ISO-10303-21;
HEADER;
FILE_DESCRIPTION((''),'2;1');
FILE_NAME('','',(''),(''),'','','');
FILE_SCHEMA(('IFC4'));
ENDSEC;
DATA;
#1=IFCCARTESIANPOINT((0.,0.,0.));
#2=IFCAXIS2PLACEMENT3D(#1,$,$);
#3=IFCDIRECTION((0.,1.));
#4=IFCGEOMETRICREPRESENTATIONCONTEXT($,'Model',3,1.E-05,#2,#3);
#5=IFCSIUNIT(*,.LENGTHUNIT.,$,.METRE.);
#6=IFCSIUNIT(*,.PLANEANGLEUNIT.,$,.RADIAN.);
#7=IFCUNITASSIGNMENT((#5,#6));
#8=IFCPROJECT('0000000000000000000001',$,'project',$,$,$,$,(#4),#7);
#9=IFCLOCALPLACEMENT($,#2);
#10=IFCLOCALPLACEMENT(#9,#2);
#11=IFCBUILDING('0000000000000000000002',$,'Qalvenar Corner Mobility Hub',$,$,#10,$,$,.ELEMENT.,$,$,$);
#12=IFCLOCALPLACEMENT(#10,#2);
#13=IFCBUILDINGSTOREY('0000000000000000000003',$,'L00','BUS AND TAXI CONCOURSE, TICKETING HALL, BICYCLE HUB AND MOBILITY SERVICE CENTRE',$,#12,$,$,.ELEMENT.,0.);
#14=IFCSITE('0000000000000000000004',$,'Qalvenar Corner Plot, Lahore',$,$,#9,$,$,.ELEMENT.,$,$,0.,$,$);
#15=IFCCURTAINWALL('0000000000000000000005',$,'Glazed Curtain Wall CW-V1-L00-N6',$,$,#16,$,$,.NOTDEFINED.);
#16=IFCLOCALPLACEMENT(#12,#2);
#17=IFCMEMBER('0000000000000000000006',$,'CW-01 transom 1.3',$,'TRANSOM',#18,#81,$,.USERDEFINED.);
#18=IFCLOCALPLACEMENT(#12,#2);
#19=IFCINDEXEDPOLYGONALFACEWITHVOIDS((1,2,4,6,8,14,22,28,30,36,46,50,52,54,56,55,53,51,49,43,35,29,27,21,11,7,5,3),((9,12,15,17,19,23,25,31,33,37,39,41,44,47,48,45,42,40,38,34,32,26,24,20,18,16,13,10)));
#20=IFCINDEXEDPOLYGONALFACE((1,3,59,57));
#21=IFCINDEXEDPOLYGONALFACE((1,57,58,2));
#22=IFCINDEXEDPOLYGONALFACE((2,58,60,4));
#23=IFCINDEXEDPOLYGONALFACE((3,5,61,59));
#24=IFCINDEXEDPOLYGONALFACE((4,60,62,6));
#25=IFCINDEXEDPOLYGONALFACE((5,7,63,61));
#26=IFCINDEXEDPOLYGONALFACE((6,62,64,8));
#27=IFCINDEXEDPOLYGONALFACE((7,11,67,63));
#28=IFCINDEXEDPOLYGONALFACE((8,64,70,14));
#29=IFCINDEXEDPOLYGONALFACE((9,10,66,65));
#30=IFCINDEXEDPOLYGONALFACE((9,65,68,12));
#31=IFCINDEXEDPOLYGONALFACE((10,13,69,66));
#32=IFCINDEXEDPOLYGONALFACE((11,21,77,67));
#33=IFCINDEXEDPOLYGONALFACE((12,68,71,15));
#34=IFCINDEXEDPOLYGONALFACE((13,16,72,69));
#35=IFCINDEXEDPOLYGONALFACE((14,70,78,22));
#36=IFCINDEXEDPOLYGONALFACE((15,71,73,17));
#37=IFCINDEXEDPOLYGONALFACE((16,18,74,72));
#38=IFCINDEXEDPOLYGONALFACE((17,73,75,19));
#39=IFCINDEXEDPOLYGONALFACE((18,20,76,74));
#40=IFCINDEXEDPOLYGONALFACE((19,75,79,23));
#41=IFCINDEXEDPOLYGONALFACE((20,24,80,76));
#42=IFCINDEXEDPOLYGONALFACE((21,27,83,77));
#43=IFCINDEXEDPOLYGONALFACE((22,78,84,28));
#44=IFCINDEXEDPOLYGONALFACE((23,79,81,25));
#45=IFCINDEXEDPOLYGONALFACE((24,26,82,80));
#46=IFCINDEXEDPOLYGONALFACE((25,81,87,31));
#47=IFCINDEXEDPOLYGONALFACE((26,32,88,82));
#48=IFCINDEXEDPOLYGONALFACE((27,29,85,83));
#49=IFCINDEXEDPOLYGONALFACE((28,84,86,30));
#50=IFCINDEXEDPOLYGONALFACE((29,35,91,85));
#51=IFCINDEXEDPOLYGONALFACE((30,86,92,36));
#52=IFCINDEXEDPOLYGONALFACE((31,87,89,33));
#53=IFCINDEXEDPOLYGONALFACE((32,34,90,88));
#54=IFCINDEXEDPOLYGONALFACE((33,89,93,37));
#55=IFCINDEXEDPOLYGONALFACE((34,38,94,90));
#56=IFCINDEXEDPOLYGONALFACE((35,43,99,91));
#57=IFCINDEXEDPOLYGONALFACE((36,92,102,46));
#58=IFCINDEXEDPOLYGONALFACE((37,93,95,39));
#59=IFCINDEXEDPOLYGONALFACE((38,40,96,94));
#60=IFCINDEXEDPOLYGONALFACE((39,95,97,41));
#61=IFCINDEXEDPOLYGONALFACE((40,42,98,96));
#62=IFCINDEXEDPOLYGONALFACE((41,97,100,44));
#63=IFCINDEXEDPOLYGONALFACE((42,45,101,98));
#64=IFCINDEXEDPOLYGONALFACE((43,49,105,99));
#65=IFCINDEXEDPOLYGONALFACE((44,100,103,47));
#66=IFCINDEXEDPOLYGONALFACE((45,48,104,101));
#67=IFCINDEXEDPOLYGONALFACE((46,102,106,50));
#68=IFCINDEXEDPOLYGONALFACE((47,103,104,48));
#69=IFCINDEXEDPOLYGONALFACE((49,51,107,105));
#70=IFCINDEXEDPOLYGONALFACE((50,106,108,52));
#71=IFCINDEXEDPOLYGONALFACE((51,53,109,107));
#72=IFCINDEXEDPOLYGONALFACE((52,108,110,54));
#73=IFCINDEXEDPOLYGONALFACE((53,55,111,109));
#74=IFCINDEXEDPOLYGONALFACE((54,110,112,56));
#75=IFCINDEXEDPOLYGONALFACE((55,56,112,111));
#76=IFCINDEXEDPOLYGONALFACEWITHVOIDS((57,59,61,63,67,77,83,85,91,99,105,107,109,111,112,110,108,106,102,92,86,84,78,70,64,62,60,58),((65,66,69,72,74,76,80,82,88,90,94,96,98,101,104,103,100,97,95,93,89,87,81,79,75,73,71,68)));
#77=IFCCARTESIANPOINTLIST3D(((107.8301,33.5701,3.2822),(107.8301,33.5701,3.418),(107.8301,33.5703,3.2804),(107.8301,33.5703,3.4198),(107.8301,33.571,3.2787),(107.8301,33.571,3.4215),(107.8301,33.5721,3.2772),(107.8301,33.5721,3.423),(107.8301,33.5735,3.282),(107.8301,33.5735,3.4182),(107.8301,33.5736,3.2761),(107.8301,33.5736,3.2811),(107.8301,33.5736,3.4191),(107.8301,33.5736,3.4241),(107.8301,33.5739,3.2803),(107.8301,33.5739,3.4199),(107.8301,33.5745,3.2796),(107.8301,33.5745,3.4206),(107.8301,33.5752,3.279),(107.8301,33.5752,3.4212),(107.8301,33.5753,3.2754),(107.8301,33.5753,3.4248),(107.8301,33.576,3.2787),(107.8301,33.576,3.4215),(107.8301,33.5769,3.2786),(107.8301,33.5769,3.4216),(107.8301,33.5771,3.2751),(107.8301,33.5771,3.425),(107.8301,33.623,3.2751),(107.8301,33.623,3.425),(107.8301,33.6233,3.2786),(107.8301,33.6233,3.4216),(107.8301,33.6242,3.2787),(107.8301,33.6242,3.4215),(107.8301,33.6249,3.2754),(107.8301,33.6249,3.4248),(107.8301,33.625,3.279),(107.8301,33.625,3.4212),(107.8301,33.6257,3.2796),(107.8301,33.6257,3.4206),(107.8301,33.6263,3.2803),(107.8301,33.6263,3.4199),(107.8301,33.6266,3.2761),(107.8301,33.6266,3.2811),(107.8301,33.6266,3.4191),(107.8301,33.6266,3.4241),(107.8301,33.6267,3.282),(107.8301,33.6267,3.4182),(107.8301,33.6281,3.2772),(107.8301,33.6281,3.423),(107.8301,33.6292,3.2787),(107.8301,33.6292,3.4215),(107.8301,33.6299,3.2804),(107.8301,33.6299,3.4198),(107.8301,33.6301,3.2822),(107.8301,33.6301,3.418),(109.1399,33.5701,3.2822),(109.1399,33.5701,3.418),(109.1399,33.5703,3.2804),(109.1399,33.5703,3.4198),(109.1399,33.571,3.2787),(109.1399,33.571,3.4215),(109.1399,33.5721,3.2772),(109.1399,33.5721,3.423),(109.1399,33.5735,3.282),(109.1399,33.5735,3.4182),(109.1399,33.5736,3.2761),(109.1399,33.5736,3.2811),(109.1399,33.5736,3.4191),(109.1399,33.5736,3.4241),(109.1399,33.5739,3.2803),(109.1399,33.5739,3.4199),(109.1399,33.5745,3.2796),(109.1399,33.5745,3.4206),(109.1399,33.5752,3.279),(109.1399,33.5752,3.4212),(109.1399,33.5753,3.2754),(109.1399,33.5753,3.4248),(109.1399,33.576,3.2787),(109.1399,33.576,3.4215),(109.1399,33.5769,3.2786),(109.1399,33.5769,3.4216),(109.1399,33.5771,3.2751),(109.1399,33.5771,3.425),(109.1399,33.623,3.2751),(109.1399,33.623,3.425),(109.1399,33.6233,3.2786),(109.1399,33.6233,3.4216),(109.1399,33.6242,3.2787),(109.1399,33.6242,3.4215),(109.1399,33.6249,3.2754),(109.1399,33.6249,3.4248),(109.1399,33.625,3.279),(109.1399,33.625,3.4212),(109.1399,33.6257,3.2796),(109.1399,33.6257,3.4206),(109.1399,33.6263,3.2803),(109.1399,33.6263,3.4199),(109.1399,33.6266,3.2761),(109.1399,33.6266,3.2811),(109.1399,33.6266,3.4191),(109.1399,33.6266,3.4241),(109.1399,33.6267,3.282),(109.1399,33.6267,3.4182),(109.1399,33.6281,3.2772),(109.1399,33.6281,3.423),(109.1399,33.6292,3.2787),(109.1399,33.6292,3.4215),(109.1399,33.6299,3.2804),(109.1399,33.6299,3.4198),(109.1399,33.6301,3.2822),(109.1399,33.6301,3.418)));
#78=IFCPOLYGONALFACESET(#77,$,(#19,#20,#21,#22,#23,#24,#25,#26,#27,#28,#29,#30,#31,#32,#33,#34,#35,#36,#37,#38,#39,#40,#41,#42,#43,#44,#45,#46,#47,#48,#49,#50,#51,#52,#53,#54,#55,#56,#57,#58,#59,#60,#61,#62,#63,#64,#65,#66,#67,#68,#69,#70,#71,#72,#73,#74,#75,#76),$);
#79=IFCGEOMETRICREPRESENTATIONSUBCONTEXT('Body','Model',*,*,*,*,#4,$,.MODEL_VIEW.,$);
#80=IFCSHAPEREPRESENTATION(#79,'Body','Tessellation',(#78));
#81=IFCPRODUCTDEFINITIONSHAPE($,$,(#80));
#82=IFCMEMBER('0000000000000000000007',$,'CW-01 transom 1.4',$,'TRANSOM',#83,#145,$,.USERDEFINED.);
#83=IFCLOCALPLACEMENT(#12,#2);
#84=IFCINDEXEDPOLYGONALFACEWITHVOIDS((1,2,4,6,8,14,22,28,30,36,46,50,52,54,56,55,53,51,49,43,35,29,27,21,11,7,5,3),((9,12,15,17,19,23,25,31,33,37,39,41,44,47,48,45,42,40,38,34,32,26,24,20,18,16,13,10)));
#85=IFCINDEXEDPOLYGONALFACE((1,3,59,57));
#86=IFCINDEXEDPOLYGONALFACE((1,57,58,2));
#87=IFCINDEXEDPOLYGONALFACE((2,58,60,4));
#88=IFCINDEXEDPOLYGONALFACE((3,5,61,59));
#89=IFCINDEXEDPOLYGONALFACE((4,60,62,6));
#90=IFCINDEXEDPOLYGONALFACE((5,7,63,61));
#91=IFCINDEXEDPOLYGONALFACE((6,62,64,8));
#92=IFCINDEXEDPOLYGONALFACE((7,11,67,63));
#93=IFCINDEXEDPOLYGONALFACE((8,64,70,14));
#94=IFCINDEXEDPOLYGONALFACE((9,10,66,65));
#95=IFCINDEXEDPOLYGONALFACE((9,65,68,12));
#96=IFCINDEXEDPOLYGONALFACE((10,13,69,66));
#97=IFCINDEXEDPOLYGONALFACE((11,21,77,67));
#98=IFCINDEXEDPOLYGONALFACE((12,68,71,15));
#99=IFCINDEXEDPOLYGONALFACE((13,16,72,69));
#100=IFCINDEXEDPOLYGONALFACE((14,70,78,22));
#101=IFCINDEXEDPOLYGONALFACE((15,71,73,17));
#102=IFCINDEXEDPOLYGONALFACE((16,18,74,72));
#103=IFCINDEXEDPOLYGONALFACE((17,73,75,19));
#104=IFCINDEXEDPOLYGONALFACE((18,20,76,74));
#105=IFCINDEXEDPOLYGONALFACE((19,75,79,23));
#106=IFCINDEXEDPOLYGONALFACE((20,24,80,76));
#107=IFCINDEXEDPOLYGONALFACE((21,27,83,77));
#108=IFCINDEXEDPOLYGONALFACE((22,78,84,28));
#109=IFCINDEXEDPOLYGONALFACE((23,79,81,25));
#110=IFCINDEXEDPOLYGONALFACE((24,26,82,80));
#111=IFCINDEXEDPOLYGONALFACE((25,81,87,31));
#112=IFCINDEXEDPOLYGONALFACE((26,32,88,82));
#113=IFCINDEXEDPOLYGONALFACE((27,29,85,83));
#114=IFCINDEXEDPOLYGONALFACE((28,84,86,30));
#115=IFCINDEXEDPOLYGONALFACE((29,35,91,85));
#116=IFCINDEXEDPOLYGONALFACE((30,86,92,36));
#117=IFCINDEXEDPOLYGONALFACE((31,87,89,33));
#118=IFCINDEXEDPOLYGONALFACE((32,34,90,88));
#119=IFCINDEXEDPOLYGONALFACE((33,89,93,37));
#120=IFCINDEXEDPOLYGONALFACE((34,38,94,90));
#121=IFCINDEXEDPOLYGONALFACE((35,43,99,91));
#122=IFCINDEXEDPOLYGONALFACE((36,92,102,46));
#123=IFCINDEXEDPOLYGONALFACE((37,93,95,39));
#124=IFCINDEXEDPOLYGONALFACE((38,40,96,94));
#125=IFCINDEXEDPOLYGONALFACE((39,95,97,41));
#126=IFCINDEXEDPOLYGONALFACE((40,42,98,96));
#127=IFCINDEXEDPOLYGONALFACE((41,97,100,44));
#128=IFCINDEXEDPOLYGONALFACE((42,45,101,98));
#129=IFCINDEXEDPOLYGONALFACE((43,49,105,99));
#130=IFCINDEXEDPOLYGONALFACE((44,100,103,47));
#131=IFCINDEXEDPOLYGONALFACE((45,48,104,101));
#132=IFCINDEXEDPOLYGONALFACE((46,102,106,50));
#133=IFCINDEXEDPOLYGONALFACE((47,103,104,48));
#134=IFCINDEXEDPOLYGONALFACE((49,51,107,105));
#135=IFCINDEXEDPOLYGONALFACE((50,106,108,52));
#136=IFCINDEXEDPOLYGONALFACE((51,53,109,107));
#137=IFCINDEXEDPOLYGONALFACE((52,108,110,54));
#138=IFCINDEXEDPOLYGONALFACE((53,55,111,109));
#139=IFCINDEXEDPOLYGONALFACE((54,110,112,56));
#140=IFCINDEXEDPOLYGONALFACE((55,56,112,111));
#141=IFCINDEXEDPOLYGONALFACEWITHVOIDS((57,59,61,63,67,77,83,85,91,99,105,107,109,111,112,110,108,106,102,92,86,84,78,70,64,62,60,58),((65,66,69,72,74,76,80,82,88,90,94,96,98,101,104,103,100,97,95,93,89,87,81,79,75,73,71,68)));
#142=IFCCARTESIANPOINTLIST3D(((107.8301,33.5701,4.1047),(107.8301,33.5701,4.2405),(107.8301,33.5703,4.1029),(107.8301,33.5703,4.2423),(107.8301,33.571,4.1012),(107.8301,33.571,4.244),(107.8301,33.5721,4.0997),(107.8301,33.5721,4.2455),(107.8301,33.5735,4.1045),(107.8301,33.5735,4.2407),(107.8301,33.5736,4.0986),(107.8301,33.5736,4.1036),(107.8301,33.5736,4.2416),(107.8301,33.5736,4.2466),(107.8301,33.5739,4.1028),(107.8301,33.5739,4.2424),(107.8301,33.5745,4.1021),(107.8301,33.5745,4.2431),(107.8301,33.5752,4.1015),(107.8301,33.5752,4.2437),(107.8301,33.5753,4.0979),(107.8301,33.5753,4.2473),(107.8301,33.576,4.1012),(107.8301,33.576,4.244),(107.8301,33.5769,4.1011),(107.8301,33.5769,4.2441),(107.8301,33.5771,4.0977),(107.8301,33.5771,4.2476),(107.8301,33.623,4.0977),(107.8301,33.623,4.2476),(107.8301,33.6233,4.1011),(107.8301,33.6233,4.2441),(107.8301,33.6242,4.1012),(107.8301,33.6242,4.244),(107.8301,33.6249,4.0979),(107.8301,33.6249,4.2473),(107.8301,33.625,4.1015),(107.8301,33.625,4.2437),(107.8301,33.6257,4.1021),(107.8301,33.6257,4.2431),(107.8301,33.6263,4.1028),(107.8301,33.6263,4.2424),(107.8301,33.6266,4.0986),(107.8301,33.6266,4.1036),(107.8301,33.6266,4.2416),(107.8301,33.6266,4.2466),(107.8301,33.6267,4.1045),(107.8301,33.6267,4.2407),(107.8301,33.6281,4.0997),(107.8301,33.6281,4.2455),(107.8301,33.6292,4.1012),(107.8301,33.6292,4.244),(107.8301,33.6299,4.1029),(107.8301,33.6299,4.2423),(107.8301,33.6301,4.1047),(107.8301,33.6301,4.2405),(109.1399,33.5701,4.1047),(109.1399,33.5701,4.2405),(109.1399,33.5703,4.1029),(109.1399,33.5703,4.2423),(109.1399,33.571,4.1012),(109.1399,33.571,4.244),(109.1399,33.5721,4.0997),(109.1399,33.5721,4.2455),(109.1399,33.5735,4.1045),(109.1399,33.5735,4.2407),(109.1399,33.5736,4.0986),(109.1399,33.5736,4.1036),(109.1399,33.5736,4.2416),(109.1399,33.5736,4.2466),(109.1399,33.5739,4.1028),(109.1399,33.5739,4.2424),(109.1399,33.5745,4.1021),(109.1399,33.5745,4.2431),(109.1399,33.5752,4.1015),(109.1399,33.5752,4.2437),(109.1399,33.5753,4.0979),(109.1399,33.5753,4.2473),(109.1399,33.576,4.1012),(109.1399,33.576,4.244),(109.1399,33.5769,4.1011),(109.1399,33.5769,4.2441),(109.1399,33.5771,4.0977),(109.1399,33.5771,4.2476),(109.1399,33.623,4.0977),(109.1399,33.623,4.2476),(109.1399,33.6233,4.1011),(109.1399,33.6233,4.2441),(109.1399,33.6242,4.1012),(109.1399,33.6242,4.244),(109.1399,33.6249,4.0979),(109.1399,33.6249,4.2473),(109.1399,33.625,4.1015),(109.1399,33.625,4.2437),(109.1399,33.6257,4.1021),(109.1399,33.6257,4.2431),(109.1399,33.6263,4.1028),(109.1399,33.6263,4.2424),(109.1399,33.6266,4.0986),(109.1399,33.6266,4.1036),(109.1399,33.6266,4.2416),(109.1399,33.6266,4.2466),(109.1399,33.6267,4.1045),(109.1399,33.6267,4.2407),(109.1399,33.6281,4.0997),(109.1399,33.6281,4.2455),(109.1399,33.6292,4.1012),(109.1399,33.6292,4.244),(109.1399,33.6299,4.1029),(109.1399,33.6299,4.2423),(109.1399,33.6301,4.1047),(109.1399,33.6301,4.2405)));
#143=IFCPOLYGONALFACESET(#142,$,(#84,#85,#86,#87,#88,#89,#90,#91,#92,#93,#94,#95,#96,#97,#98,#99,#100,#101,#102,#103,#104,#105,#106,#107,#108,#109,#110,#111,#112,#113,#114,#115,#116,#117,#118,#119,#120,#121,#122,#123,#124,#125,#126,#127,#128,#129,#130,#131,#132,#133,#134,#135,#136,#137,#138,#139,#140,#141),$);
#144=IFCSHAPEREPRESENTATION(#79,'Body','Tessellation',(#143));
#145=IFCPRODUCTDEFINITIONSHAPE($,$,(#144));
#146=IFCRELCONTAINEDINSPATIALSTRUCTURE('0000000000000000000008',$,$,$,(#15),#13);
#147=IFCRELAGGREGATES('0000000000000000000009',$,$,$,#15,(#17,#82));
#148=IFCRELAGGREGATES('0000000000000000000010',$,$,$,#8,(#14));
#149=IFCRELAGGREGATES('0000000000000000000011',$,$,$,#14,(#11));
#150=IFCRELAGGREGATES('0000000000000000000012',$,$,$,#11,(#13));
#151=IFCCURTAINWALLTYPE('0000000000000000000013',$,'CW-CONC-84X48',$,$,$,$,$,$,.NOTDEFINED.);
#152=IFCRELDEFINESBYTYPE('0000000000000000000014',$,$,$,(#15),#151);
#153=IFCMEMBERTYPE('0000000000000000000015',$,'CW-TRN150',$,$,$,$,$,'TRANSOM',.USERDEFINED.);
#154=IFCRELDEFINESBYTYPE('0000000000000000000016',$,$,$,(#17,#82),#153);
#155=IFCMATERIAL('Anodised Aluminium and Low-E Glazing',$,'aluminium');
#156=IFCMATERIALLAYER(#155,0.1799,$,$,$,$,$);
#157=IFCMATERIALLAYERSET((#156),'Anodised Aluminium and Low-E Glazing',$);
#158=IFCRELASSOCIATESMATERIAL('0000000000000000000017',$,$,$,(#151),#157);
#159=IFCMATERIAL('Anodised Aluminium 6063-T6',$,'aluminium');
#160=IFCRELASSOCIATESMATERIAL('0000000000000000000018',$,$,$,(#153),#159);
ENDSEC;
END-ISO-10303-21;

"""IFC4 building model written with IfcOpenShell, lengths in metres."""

from ifc_helpers import new_model, si_unit, direction, frame, origin, origin_2d, place, context, subcontext, project, spatial, hollow_rectangle, extrude, material, layer, layer_set, material_profile, profile_set, type_object, element, aggregate, save


model = new_model("IFC4")

# Units and contexts
model_context = context("Model", 3, precision=1e-05, world=origin(), true_north=direction((0.0, 1.0)))
body_context = subcontext(model_context, "Body", "Model", "MODEL_VIEW")
ifc_project = project(units=[si_unit("LENGTHUNIT", "METRE"), si_unit("PLANEANGLEUNIT", "RADIAN")], contexts=[model_context])

# Site, building, storey
site_placement = place(None, origin())
site = spatial("IfcSite", under=ifc_project, at=site_placement, Name="Qalvenar Corner Plot, Lahore", CompositionType="ELEMENT", RefElevation=0.0)
building_placement = place(site_placement, origin())
building = spatial("IfcBuilding", under=site, at=building_placement, Name="Qalvenar Corner Mobility Hub", CompositionType="ELEMENT")
storey_placement = place(building_placement, origin())
storey = spatial("IfcBuildingStorey", under=building, at=storey_placement, Name="L00", Description="BUS AND TAXI CONCOURSE, TICKETING HALL, BICYCLE HUB AND MOBILITY SERVICE CENTRE", CompositionType="ELEMENT", Elevation=0.0)

# Curtain wall, members
ifc_material_1 = material(Name="Anodised Aluminium and Low-E Glazing", Category="aluminium")
ifc_layer_1 = layer(ifc_material_1, 0.1799)
ifc_layer_set_1 = layer_set([ifc_layer_1], Name="Anodised Aluminium and Low-E Glazing")
curtain_wall_type = type_object("IfcCurtainWallType", Name="CW-CONC-84X48", PredefinedType="NOTDEFINED", material=ifc_layer_set_1)
curtain_wall_placement = place(storey_placement, origin())
curtain_wall = element("IfcCurtainWall", 1, at=curtain_wall_placement, inside=storey, type_object=curtain_wall_type, Name="Glazed Curtain Wall CW-V1-L00-N6", PredefinedType="NOTDEFINED")
ifc_material_2 = material(Name="Anodised Aluminium 6063-T6", Category="aluminium")
ifc_material_profile_1 = material_profile(ifc_material_2, hollow_rectangle(XDim=0.0601, YDim=0.1499, WallThickness=0.0034, InnerFilletRadius=0.0034, OuterFilletRadius=0.0071, at=origin_2d()), Name="RHS150x60x3.5")
ifc_profile_set_1 = profile_set([ifc_material_profile_1], Name="Anodised Aluminium 6063-T6")
member_type_1 = type_object("IfcMemberType", Name="CW-TRN150", ElementType="TRANSOM", PredefinedType="USERDEFINED", material=ifc_profile_set_1)
member_1_placement = place(storey_placement, frame((109.1399, 33.6001, 3.3501), z_axis=(-1.0, 0.0, 0.0), x_axis=(0.0, -1.0, 0.0)))
member_1 = element("IfcMember", 2, at=member_1_placement, type_object=member_type_1, Name="CW-01 transom 1.3", ObjectType="TRANSOM", PredefinedType="USERDEFINED", context=body_context, shape_type="SweptSolid", body=[
    extrude(hollow_rectangle(XDim=0.0601, YDim=0.1499, WallThickness=0.0034, InnerFilletRadius=0.0034, OuterFilletRadius=0.0071, at=origin_2d()), origin(), (0.0, 0.0, 1.0), 1.3098),
])
member_2_placement = place(storey_placement, frame((109.1399, 33.6001, 4.1726), z_axis=(-1.0, 0.0, 0.0), x_axis=(0.0, -1.0, 0.0)))
member_2 = element("IfcMember", 3, at=member_2_placement, type_object=member_type_1, Name="CW-01 transom 1.4", ObjectType="TRANSOM", PredefinedType="USERDEFINED", context=body_context, shape_type="SweptSolid", body=[
    extrude(hollow_rectangle(XDim=0.0601, YDim=0.1499, WallThickness=0.0034, InnerFilletRadius=0.0034, OuterFilletRadius=0.0071, at=origin_2d()), origin(), (0.0, 0.0, 1.0), 1.3098),
])
aggregate(curtain_wall, [member_1, member_2])

save(model, "model.ifc")
